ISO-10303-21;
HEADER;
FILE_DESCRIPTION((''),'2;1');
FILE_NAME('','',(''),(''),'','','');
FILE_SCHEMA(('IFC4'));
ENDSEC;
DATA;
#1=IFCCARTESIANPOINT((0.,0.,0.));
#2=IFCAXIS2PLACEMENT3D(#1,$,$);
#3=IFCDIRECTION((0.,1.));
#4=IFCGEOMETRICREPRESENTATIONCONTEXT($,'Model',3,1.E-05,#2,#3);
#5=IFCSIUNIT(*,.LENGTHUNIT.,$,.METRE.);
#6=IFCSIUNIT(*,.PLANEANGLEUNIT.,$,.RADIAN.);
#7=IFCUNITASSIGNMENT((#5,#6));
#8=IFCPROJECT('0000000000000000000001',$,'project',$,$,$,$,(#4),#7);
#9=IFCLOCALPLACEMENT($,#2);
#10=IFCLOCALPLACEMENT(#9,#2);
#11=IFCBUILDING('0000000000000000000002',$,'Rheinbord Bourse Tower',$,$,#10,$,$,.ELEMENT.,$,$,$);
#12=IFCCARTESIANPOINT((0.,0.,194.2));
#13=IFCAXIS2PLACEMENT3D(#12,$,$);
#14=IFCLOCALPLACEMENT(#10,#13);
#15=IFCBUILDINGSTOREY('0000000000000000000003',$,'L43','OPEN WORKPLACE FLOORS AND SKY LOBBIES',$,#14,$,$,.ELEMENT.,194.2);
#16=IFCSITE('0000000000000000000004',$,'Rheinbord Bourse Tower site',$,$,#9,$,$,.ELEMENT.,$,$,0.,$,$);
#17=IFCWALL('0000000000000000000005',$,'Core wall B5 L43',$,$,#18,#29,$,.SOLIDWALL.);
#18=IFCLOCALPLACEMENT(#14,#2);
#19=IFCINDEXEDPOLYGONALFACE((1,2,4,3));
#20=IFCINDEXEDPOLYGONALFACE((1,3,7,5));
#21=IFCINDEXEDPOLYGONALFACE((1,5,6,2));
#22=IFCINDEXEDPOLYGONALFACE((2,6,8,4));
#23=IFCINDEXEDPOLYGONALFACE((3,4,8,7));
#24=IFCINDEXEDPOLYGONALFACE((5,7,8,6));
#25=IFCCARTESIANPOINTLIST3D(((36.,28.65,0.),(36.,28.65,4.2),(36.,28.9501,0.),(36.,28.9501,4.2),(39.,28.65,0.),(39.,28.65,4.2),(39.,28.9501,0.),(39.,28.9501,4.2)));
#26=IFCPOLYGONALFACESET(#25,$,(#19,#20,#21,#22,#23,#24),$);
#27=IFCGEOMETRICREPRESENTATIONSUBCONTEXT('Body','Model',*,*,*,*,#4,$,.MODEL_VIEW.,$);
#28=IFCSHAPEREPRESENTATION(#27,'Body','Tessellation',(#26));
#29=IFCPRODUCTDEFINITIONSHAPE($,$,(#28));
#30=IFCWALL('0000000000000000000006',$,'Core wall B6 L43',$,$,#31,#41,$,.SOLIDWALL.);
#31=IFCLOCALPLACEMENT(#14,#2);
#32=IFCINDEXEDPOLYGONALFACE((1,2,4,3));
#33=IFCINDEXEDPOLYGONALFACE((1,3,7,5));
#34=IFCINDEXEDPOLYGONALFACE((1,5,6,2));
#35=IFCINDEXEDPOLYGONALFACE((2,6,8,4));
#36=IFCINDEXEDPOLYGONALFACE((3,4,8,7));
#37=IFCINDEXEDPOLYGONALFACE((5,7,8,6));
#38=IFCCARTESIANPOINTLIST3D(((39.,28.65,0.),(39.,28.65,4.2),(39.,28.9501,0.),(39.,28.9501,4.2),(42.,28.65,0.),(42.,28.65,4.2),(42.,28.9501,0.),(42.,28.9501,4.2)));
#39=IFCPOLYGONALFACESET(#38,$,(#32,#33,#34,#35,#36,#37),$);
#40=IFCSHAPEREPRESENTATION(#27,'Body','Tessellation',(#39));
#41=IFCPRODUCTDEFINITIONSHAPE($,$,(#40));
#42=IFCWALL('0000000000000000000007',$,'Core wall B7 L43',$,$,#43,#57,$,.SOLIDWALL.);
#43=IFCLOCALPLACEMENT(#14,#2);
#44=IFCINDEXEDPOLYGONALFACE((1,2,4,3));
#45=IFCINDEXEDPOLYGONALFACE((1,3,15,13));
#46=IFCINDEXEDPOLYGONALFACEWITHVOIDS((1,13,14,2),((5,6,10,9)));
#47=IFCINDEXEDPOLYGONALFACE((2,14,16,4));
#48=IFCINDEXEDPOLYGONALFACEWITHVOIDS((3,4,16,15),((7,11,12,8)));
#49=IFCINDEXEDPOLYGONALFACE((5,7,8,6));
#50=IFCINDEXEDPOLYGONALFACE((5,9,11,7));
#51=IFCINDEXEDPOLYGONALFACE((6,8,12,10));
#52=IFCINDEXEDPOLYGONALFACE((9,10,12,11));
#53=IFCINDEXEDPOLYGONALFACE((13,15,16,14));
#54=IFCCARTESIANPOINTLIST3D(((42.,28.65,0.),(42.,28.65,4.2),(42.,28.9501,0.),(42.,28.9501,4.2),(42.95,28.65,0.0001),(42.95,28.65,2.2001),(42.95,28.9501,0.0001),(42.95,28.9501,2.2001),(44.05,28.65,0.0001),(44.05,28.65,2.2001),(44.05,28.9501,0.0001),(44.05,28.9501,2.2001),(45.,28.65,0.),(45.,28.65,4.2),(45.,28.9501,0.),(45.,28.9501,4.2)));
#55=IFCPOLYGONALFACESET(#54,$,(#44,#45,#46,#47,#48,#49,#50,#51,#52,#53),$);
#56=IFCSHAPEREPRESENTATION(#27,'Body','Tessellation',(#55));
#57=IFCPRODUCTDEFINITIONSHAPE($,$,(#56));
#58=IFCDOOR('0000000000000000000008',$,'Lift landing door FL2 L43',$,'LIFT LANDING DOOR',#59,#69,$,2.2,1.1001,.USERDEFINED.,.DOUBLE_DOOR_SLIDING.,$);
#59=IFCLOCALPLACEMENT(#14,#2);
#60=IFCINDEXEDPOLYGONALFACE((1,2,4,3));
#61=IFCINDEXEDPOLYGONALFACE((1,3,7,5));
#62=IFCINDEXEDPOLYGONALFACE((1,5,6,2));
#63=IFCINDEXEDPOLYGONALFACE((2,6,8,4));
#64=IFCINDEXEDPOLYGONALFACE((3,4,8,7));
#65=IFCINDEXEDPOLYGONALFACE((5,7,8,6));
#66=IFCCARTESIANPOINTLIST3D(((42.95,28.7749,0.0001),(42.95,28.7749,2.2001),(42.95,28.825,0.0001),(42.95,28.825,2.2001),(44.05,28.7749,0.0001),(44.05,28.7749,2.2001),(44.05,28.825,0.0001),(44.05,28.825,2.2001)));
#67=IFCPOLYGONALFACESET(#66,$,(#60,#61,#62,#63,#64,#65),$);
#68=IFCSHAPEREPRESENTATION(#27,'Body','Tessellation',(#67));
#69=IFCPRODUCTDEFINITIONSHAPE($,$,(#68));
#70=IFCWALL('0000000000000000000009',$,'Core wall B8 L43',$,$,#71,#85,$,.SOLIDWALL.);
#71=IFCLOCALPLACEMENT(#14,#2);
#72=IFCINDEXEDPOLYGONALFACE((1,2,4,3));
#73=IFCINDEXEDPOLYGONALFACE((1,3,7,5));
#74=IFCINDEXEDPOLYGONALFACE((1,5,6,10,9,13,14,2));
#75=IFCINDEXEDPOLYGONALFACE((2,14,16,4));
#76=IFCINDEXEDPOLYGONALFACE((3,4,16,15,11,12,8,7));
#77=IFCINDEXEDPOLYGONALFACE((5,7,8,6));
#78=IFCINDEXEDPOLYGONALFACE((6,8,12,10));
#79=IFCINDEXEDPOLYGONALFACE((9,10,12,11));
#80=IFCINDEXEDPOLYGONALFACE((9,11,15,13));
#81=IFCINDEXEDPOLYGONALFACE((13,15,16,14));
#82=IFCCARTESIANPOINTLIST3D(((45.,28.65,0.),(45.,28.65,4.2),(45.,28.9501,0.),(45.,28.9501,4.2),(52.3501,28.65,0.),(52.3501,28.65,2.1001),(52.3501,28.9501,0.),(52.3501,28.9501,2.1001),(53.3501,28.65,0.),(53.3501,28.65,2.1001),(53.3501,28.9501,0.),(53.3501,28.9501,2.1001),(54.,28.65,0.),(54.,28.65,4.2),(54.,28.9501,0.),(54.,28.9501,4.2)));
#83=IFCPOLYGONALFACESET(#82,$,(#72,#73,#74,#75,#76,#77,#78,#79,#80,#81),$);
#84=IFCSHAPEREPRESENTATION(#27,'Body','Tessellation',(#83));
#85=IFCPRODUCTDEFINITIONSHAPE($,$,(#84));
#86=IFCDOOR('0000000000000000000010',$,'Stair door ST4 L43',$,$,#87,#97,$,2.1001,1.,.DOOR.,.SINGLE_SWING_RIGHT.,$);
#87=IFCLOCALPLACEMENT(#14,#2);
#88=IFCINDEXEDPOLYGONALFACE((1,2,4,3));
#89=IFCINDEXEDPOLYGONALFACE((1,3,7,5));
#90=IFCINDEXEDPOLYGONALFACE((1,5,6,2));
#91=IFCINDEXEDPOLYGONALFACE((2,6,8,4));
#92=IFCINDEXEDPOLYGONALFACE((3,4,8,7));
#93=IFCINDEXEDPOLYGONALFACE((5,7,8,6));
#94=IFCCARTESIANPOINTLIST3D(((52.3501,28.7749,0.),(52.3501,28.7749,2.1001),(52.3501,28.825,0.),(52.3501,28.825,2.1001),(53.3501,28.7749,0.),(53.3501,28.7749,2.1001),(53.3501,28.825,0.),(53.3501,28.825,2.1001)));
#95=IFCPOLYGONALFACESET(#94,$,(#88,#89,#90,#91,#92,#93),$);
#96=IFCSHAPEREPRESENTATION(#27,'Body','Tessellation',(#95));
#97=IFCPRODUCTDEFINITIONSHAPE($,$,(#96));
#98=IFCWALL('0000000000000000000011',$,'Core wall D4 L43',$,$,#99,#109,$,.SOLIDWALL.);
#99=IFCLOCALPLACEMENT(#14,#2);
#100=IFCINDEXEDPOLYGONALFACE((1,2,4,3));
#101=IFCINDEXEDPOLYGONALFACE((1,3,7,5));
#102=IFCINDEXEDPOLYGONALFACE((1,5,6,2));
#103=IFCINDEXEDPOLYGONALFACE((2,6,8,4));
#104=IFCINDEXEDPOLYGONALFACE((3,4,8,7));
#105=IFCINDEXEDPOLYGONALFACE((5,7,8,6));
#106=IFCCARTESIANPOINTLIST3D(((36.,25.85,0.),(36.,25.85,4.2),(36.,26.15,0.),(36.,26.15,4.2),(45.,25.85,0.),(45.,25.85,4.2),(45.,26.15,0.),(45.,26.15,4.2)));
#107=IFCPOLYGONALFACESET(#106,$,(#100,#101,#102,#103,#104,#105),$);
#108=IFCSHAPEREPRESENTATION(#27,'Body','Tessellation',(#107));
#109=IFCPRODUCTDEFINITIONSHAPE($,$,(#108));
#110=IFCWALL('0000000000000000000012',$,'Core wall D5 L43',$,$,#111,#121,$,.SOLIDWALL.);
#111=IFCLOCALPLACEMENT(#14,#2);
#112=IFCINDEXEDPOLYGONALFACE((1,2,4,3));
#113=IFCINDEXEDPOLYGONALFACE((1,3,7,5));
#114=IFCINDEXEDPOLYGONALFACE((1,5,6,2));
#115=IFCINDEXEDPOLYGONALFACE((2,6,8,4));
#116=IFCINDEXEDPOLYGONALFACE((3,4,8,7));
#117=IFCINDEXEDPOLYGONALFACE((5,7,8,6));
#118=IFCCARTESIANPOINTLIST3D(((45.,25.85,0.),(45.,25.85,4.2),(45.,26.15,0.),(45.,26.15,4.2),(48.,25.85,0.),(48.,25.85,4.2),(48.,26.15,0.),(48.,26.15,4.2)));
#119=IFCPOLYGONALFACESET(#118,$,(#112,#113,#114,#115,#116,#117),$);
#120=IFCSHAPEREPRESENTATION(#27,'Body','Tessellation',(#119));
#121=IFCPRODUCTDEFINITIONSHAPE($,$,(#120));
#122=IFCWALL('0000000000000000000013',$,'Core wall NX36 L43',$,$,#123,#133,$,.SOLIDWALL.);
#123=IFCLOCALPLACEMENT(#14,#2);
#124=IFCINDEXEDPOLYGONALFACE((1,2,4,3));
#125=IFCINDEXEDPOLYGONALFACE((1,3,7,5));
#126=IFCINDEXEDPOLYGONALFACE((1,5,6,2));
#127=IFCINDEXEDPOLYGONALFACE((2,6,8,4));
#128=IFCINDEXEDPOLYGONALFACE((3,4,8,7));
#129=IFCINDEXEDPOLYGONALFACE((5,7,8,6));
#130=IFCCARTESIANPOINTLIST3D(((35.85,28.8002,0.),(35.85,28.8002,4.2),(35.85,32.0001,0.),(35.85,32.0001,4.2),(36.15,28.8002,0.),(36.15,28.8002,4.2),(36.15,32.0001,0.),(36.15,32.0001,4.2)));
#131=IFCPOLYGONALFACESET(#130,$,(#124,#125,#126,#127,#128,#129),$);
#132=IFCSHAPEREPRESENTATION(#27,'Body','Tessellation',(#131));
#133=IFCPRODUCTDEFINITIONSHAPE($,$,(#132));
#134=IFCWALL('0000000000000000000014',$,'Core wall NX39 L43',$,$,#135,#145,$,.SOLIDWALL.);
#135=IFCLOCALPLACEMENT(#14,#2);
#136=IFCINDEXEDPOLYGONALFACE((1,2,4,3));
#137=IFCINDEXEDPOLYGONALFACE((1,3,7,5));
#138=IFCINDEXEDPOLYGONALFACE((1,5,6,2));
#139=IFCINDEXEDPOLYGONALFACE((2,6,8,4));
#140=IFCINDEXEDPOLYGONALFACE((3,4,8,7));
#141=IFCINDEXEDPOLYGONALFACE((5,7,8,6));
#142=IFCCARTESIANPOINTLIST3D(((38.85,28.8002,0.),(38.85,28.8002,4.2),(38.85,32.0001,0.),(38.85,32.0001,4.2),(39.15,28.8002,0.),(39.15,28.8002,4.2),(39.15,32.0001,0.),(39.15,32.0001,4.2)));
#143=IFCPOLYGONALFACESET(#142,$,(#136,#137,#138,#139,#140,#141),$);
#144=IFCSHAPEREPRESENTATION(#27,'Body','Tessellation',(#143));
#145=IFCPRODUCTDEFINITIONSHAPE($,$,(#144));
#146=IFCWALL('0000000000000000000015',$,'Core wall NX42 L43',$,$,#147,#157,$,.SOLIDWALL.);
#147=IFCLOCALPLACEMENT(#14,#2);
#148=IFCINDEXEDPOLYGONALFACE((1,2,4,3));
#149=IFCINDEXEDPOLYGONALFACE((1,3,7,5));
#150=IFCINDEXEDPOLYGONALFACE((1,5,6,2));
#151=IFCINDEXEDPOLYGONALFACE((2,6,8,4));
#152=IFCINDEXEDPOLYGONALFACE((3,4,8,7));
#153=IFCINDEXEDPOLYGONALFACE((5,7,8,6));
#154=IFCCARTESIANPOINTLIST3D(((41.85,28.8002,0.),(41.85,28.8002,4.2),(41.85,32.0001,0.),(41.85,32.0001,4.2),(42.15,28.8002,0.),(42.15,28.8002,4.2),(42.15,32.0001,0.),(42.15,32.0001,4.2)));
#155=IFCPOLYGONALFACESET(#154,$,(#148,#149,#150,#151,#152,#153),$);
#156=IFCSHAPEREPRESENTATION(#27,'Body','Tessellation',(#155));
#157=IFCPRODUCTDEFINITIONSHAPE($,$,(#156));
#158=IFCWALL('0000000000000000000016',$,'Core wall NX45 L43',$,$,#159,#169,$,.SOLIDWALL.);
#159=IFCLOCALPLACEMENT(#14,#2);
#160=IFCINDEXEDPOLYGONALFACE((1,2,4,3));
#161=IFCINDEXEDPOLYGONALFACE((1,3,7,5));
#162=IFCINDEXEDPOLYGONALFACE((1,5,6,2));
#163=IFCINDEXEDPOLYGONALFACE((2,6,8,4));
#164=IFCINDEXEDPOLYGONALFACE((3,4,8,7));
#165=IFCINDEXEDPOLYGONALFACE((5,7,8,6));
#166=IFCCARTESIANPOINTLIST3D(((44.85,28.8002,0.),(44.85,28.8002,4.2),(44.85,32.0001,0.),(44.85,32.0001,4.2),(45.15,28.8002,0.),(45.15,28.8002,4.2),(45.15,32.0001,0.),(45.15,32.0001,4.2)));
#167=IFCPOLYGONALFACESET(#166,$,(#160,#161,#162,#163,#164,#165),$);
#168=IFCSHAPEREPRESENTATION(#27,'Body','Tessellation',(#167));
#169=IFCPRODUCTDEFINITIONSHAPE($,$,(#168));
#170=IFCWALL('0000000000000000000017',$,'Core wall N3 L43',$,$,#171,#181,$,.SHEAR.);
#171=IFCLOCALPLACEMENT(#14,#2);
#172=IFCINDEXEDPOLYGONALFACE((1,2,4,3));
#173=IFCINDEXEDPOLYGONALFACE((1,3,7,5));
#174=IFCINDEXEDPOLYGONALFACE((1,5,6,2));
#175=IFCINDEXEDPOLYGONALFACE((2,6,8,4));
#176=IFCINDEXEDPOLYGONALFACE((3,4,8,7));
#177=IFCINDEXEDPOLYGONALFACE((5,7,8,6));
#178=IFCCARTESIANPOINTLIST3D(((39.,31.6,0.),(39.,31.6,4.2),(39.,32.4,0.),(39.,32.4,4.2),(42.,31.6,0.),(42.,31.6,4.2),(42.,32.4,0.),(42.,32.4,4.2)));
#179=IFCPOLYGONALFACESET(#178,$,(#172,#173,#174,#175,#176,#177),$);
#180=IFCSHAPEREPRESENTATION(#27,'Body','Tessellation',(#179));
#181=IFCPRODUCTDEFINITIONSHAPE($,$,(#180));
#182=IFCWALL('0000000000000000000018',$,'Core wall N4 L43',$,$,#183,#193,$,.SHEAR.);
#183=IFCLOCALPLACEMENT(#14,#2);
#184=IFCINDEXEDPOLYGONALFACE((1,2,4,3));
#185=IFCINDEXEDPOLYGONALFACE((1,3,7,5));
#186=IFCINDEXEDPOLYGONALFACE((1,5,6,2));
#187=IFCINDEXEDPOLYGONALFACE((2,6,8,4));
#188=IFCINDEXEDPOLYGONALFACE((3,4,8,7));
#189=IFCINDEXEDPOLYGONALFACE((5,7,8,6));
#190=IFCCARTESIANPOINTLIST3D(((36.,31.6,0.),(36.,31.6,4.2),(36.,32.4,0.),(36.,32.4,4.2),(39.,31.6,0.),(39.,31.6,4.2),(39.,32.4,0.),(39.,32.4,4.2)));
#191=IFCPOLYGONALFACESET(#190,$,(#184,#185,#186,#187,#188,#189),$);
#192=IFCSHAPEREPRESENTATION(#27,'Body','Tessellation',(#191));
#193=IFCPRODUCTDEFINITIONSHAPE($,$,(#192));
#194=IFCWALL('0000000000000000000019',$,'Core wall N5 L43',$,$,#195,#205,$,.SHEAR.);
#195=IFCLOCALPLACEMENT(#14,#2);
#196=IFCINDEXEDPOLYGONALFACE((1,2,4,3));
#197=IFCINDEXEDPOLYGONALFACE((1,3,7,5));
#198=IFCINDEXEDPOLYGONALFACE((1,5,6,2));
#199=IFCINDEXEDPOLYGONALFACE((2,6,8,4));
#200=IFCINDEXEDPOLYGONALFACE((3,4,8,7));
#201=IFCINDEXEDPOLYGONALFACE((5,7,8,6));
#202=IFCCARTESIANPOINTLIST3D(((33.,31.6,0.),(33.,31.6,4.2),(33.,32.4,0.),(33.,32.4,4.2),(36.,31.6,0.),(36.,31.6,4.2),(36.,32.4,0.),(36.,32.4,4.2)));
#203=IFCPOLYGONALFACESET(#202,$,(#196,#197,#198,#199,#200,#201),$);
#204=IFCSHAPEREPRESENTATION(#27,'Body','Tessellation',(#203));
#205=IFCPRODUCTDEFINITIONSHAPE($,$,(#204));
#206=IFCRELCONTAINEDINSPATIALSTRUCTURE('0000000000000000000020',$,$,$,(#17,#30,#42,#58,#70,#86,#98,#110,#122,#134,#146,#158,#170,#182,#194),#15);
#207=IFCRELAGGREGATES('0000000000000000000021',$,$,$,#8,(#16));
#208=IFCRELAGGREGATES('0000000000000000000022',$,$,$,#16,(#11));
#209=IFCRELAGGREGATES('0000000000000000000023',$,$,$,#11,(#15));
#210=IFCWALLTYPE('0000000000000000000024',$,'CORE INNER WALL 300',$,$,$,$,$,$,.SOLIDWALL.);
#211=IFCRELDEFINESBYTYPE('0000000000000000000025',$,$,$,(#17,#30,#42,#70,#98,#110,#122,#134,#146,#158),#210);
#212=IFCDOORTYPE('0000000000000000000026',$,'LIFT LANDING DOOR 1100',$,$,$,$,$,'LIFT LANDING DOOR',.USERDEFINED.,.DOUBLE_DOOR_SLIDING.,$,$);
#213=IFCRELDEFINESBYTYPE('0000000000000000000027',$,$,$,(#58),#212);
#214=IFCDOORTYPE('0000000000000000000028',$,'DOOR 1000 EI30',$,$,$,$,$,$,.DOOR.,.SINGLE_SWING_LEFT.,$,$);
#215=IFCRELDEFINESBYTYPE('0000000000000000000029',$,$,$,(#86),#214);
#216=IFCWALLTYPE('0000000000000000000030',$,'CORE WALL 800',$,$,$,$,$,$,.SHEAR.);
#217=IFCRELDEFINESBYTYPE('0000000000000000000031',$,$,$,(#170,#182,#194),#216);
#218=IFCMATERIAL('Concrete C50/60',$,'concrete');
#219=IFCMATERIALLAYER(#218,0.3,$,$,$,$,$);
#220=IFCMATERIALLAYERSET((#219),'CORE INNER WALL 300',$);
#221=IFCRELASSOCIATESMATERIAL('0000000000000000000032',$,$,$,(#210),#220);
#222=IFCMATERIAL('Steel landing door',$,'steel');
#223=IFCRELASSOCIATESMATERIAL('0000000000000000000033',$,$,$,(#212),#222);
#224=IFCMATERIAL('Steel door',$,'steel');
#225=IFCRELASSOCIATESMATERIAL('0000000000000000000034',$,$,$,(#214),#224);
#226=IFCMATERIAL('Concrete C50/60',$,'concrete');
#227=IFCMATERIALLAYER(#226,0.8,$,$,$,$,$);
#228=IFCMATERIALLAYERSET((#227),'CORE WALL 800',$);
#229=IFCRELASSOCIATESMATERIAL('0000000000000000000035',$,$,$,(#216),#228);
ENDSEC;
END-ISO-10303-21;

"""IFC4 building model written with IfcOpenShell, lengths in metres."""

from ifc_helpers import new_model, si_unit, direction, frame, frame_2d, origin, place, context, subcontext, project, spatial, rectangle, extrude, material, layer, layer_set, type_object, element, fill, save


model = new_model("IFC4")

# Units and contexts
model_context = context("Model", 3, precision=1e-05, world=origin(), true_north=direction((0.0, 1.0)))
body_context = subcontext(model_context, "Body", "Model", "MODEL_VIEW")
ifc_project = project(units=[si_unit("LENGTHUNIT", "METRE"), si_unit("PLANEANGLEUNIT", "RADIAN")], contexts=[model_context])

# Site, building, storey
site_placement = place(None, origin())
site = spatial("IfcSite", under=ifc_project, at=site_placement, Name="Rheinbord Bourse Tower site", CompositionType="ELEMENT", RefElevation=0.0)
building_placement = place(site_placement, origin())
building = spatial("IfcBuilding", under=site, at=building_placement, Name="Rheinbord Bourse Tower", CompositionType="ELEMENT")
storey_placement = place(building_placement, frame((0.0, 0.0, 194.2)))
storey = spatial("IfcBuildingStorey", under=building, at=storey_placement, Name="L43", Description="OPEN WORKPLACE FLOORS AND SKY LOBBIES", CompositionType="ELEMENT", Elevation=194.2)

# Walls
ifc_material_1 = material(Name="Concrete C50/60", Category="concrete")
ifc_layer_1 = layer(ifc_material_1, 0.3)
ifc_layer_set_1 = layer_set([ifc_layer_1], Name="CORE INNER WALL 300")
wall_type_1 = type_object("IfcWallType", Name="CORE INNER WALL 300", PredefinedType="SOLIDWALL", material=ifc_layer_set_1)
for number, where, z_axis, x_axis, name in (
    (1, (36.0, 28.8, 0.0), (0.0, 0.0, 1.0), (1.0, 0.0, 0.0), "Core wall B5 L43"),
    (2, (39.0, 28.8, 0.0), (0.0, 0.0, 1.0), (1.0, 0.0, 0.0), "Core wall B6 L43"),
):
    element("IfcWall", number, at=place(storey_placement, frame(where, z_axis=z_axis, x_axis=x_axis)), inside=storey, type_object=wall_type_1, Name=name, PredefinedType="SOLIDWALL", context=body_context, shape_type="SweptSolid", body=[
        extrude(rectangle(XDim=3.0, YDim=0.3, at=frame_2d((1.5, 0.0))), origin(), (0.0, 0.0, 1.0), 4.2),
    ])

# Walls, openings, doors
wall_1_placement = place(storey_placement, frame((42.0, 28.8, 0.0), z_axis=(0.0, 0.0, 1.0), x_axis=(1.0, 0.0, 0.0)))
wall_1 = element("IfcWall", 3, at=wall_1_placement, inside=storey, type_object=wall_type_1, Name="Core wall B7 L43", PredefinedType="SOLIDWALL", context=body_context, shape_type="SweptSolid", body=[
    extrude(rectangle(XDim=3.0, YDim=0.3, at=frame_2d((1.5, 0.0))), origin(), (0.0, 0.0, 1.0), 4.2),
])
opening_1_placement = place(wall_1_placement, frame((0.95, 0.0, 0.0)))
opening_1 = element("IfcOpeningElement", 4, at=opening_1_placement, cuts=wall_1, PredefinedType="OPENING", context=body_context, shape_type="SweptSolid", body=[
    extrude(rectangle(XDim=1.1001, YDim=2.2, at=frame_2d((0.55, 1.1001))), frame((0.0, 0.1599, 0.0), z_axis=(0.0, -1.0, 0.0), x_axis=(1.0, 0.0, 0.0)), (0.0, 0.0, 1.0), 0.3201),
])
ifc_material_2 = material(Name="Steel landing door", Category="steel")
door_type_1 = type_object("IfcDoorType", Name="LIFT LANDING DOOR 1100", ElementType="LIFT LANDING DOOR", OperationType="DOUBLE_DOOR_SLIDING", PredefinedType="USERDEFINED", material=ifc_material_2)
door_1_placement = place(opening_1_placement, origin())
door_1 = element("IfcDoor", 5, at=door_1_placement, inside=storey, type_object=door_type_1, Name="Lift landing door FL2 L43", ObjectType="LIFT LANDING DOOR", OperationType="DOUBLE_DOOR_SLIDING", OverallHeight=2.2, OverallWidth=1.1001, PredefinedType="USERDEFINED", context=body_context, shape_type="SweptSolid", body=[
    extrude(rectangle(XDim=1.1001, YDim=2.2, at=frame_2d((0.55, 1.1001))), frame((0.0, 0.0249, 0.0), z_axis=(0.0, -1.0, 0.0), x_axis=(1.0, 0.0, 0.0)), (0.0, 0.0, 1.0), 0.05),
])
fill(opening_1, door_1)
wall_2_placement = place(storey_placement, frame((45.0, 28.8, 0.0), z_axis=(0.0, 0.0, 1.0), x_axis=(1.0, 0.0, 0.0)))
wall_2 = element("IfcWall", 6, at=wall_2_placement, inside=storey, type_object=wall_type_1, Name="Core wall B8 L43", PredefinedType="SOLIDWALL", context=body_context, shape_type="SweptSolid", body=[
    extrude(rectangle(XDim=9.0, YDim=0.3, at=frame_2d((4.5, 0.0))), origin(), (0.0, 0.0, 1.0), 4.2),
])
opening_2_placement = place(wall_2_placement, frame((7.3501, 0.0, 0.0)))
opening_2 = element("IfcOpeningElement", 7, at=opening_2_placement, cuts=wall_2, PredefinedType="OPENING", context=body_context, shape_type="SweptSolid", body=[
    extrude(rectangle(XDim=1.0, YDim=2.1001, at=frame_2d((0.5, 1.05))), frame((0.0, 0.1599, 0.0), z_axis=(0.0, -1.0, 0.0), x_axis=(1.0, 0.0, 0.0)), (0.0, 0.0, 1.0), 0.3201),
])
ifc_material_3 = material(Name="Steel door", Category="steel")
door_type_2 = type_object("IfcDoorType", Name="DOOR 1000 EI30", OperationType="SINGLE_SWING_LEFT", PredefinedType="DOOR", material=ifc_material_3)
door_2_placement = place(opening_2_placement, origin())
door_2 = element("IfcDoor", 8, at=door_2_placement, inside=storey, type_object=door_type_2, Name="Stair door ST4 L43", OperationType="SINGLE_SWING_RIGHT", OverallHeight=2.1001, OverallWidth=1.0, PredefinedType="DOOR", context=body_context, shape_type="SweptSolid", body=[
    extrude(rectangle(XDim=1.0, YDim=2.1001, at=frame_2d((0.5, 1.05))), frame((0.0, 0.0249, 0.0), z_axis=(0.0, -1.0, 0.0), x_axis=(1.0, 0.0, 0.0)), (0.0, 0.0, 1.0), 0.05),
])
fill(opening_2, door_2)

# Walls
wall_3_placement = place(storey_placement, frame((36.0, 26.0, 0.0), z_axis=(0.0, 0.0, 1.0), x_axis=(1.0, 0.0, 0.0)))
element("IfcWall", 9, at=wall_3_placement, inside=storey, type_object=wall_type_1, Name="Core wall D4 L43", PredefinedType="SOLIDWALL", context=body_context, shape_type="SweptSolid", body=[
    extrude(rectangle(XDim=9.0, YDim=0.3, at=frame_2d((4.5, 0.0))), origin(), (0.0, 0.0, 1.0), 4.2),
])
wall_4_placement = place(storey_placement, frame((45.0, 26.0, 0.0), z_axis=(0.0, 0.0, 1.0), x_axis=(1.0, 0.0, 0.0)))
element("IfcWall", 10, at=wall_4_placement, inside=storey, type_object=wall_type_1, Name="Core wall D5 L43", PredefinedType="SOLIDWALL", context=body_context, shape_type="SweptSolid", body=[
    extrude(rectangle(XDim=3.0, YDim=0.3, at=frame_2d((1.5, 0.0))), origin(), (0.0, 0.0, 1.0), 4.2),
])
for number, where, z_axis, x_axis, name in (
    (11, (36.0, 28.8, 0.0), (0.0, 0.0, 1.0), (0.0, 1.0, 0.0), "Core wall NX36 L43"),
    (12, (39.0, 28.8, 0.0), (0.0, 0.0, 1.0), (0.0, 1.0, 0.0), "Core wall NX39 L43"),
    (13, (42.0, 28.8, 0.0), (0.0, 0.0, 1.0), (0.0, 1.0, 0.0), "Core wall NX42 L43"),
    (14, (45.0, 28.8, 0.0), (0.0, 0.0, 1.0), (0.0, 1.0, 0.0), "Core wall NX45 L43"),
):
    element("IfcWall", number, at=place(storey_placement, frame(where, z_axis=z_axis, x_axis=x_axis)), inside=storey, type_object=wall_type_1, Name=name, PredefinedType="SOLIDWALL", context=body_context, shape_type="SweptSolid", body=[
        extrude(rectangle(XDim=3.2, YDim=0.3, at=frame_2d((1.6001, 0.0))), origin(), (0.0, 0.0, 1.0), 4.2),
    ])
ifc_material_4 = material(Name="Concrete C50/60", Category="concrete")
ifc_layer_2 = layer(ifc_material_4, 0.8)
ifc_layer_set_2 = layer_set([ifc_layer_2], Name="CORE WALL 800")
wall_type_2 = type_object("IfcWallType", Name="CORE WALL 800", PredefinedType="SHEAR", material=ifc_layer_set_2)
for number, where, z_axis, x_axis, name in (
    (15, (42.0, 32.0, 0.0), (0.0, 0.0, 1.0), (-1.0, 0.0, 0.0), "Core wall N3 L43"),
    (16, (39.0, 32.0, 0.0), (0.0, 0.0, 1.0), (-1.0, 0.0, 0.0), "Core wall N4 L43"),
    (17, (36.0, 32.0, 0.0), (0.0, 0.0, 1.0), (-1.0, 0.0, 0.0), "Core wall N5 L43"),
):
    element("IfcWall", number, at=place(storey_placement, frame(where, z_axis=z_axis, x_axis=x_axis)), inside=storey, type_object=wall_type_2, Name=name, PredefinedType="SHEAR", context=body_context, shape_type="SweptSolid", body=[
        extrude(rectangle(XDim=3.0, YDim=0.8, at=frame_2d((1.5, 0.0))), origin(), (0.0, 0.0, 1.0), 4.2),
    ])

save(model, "model.ifc")
